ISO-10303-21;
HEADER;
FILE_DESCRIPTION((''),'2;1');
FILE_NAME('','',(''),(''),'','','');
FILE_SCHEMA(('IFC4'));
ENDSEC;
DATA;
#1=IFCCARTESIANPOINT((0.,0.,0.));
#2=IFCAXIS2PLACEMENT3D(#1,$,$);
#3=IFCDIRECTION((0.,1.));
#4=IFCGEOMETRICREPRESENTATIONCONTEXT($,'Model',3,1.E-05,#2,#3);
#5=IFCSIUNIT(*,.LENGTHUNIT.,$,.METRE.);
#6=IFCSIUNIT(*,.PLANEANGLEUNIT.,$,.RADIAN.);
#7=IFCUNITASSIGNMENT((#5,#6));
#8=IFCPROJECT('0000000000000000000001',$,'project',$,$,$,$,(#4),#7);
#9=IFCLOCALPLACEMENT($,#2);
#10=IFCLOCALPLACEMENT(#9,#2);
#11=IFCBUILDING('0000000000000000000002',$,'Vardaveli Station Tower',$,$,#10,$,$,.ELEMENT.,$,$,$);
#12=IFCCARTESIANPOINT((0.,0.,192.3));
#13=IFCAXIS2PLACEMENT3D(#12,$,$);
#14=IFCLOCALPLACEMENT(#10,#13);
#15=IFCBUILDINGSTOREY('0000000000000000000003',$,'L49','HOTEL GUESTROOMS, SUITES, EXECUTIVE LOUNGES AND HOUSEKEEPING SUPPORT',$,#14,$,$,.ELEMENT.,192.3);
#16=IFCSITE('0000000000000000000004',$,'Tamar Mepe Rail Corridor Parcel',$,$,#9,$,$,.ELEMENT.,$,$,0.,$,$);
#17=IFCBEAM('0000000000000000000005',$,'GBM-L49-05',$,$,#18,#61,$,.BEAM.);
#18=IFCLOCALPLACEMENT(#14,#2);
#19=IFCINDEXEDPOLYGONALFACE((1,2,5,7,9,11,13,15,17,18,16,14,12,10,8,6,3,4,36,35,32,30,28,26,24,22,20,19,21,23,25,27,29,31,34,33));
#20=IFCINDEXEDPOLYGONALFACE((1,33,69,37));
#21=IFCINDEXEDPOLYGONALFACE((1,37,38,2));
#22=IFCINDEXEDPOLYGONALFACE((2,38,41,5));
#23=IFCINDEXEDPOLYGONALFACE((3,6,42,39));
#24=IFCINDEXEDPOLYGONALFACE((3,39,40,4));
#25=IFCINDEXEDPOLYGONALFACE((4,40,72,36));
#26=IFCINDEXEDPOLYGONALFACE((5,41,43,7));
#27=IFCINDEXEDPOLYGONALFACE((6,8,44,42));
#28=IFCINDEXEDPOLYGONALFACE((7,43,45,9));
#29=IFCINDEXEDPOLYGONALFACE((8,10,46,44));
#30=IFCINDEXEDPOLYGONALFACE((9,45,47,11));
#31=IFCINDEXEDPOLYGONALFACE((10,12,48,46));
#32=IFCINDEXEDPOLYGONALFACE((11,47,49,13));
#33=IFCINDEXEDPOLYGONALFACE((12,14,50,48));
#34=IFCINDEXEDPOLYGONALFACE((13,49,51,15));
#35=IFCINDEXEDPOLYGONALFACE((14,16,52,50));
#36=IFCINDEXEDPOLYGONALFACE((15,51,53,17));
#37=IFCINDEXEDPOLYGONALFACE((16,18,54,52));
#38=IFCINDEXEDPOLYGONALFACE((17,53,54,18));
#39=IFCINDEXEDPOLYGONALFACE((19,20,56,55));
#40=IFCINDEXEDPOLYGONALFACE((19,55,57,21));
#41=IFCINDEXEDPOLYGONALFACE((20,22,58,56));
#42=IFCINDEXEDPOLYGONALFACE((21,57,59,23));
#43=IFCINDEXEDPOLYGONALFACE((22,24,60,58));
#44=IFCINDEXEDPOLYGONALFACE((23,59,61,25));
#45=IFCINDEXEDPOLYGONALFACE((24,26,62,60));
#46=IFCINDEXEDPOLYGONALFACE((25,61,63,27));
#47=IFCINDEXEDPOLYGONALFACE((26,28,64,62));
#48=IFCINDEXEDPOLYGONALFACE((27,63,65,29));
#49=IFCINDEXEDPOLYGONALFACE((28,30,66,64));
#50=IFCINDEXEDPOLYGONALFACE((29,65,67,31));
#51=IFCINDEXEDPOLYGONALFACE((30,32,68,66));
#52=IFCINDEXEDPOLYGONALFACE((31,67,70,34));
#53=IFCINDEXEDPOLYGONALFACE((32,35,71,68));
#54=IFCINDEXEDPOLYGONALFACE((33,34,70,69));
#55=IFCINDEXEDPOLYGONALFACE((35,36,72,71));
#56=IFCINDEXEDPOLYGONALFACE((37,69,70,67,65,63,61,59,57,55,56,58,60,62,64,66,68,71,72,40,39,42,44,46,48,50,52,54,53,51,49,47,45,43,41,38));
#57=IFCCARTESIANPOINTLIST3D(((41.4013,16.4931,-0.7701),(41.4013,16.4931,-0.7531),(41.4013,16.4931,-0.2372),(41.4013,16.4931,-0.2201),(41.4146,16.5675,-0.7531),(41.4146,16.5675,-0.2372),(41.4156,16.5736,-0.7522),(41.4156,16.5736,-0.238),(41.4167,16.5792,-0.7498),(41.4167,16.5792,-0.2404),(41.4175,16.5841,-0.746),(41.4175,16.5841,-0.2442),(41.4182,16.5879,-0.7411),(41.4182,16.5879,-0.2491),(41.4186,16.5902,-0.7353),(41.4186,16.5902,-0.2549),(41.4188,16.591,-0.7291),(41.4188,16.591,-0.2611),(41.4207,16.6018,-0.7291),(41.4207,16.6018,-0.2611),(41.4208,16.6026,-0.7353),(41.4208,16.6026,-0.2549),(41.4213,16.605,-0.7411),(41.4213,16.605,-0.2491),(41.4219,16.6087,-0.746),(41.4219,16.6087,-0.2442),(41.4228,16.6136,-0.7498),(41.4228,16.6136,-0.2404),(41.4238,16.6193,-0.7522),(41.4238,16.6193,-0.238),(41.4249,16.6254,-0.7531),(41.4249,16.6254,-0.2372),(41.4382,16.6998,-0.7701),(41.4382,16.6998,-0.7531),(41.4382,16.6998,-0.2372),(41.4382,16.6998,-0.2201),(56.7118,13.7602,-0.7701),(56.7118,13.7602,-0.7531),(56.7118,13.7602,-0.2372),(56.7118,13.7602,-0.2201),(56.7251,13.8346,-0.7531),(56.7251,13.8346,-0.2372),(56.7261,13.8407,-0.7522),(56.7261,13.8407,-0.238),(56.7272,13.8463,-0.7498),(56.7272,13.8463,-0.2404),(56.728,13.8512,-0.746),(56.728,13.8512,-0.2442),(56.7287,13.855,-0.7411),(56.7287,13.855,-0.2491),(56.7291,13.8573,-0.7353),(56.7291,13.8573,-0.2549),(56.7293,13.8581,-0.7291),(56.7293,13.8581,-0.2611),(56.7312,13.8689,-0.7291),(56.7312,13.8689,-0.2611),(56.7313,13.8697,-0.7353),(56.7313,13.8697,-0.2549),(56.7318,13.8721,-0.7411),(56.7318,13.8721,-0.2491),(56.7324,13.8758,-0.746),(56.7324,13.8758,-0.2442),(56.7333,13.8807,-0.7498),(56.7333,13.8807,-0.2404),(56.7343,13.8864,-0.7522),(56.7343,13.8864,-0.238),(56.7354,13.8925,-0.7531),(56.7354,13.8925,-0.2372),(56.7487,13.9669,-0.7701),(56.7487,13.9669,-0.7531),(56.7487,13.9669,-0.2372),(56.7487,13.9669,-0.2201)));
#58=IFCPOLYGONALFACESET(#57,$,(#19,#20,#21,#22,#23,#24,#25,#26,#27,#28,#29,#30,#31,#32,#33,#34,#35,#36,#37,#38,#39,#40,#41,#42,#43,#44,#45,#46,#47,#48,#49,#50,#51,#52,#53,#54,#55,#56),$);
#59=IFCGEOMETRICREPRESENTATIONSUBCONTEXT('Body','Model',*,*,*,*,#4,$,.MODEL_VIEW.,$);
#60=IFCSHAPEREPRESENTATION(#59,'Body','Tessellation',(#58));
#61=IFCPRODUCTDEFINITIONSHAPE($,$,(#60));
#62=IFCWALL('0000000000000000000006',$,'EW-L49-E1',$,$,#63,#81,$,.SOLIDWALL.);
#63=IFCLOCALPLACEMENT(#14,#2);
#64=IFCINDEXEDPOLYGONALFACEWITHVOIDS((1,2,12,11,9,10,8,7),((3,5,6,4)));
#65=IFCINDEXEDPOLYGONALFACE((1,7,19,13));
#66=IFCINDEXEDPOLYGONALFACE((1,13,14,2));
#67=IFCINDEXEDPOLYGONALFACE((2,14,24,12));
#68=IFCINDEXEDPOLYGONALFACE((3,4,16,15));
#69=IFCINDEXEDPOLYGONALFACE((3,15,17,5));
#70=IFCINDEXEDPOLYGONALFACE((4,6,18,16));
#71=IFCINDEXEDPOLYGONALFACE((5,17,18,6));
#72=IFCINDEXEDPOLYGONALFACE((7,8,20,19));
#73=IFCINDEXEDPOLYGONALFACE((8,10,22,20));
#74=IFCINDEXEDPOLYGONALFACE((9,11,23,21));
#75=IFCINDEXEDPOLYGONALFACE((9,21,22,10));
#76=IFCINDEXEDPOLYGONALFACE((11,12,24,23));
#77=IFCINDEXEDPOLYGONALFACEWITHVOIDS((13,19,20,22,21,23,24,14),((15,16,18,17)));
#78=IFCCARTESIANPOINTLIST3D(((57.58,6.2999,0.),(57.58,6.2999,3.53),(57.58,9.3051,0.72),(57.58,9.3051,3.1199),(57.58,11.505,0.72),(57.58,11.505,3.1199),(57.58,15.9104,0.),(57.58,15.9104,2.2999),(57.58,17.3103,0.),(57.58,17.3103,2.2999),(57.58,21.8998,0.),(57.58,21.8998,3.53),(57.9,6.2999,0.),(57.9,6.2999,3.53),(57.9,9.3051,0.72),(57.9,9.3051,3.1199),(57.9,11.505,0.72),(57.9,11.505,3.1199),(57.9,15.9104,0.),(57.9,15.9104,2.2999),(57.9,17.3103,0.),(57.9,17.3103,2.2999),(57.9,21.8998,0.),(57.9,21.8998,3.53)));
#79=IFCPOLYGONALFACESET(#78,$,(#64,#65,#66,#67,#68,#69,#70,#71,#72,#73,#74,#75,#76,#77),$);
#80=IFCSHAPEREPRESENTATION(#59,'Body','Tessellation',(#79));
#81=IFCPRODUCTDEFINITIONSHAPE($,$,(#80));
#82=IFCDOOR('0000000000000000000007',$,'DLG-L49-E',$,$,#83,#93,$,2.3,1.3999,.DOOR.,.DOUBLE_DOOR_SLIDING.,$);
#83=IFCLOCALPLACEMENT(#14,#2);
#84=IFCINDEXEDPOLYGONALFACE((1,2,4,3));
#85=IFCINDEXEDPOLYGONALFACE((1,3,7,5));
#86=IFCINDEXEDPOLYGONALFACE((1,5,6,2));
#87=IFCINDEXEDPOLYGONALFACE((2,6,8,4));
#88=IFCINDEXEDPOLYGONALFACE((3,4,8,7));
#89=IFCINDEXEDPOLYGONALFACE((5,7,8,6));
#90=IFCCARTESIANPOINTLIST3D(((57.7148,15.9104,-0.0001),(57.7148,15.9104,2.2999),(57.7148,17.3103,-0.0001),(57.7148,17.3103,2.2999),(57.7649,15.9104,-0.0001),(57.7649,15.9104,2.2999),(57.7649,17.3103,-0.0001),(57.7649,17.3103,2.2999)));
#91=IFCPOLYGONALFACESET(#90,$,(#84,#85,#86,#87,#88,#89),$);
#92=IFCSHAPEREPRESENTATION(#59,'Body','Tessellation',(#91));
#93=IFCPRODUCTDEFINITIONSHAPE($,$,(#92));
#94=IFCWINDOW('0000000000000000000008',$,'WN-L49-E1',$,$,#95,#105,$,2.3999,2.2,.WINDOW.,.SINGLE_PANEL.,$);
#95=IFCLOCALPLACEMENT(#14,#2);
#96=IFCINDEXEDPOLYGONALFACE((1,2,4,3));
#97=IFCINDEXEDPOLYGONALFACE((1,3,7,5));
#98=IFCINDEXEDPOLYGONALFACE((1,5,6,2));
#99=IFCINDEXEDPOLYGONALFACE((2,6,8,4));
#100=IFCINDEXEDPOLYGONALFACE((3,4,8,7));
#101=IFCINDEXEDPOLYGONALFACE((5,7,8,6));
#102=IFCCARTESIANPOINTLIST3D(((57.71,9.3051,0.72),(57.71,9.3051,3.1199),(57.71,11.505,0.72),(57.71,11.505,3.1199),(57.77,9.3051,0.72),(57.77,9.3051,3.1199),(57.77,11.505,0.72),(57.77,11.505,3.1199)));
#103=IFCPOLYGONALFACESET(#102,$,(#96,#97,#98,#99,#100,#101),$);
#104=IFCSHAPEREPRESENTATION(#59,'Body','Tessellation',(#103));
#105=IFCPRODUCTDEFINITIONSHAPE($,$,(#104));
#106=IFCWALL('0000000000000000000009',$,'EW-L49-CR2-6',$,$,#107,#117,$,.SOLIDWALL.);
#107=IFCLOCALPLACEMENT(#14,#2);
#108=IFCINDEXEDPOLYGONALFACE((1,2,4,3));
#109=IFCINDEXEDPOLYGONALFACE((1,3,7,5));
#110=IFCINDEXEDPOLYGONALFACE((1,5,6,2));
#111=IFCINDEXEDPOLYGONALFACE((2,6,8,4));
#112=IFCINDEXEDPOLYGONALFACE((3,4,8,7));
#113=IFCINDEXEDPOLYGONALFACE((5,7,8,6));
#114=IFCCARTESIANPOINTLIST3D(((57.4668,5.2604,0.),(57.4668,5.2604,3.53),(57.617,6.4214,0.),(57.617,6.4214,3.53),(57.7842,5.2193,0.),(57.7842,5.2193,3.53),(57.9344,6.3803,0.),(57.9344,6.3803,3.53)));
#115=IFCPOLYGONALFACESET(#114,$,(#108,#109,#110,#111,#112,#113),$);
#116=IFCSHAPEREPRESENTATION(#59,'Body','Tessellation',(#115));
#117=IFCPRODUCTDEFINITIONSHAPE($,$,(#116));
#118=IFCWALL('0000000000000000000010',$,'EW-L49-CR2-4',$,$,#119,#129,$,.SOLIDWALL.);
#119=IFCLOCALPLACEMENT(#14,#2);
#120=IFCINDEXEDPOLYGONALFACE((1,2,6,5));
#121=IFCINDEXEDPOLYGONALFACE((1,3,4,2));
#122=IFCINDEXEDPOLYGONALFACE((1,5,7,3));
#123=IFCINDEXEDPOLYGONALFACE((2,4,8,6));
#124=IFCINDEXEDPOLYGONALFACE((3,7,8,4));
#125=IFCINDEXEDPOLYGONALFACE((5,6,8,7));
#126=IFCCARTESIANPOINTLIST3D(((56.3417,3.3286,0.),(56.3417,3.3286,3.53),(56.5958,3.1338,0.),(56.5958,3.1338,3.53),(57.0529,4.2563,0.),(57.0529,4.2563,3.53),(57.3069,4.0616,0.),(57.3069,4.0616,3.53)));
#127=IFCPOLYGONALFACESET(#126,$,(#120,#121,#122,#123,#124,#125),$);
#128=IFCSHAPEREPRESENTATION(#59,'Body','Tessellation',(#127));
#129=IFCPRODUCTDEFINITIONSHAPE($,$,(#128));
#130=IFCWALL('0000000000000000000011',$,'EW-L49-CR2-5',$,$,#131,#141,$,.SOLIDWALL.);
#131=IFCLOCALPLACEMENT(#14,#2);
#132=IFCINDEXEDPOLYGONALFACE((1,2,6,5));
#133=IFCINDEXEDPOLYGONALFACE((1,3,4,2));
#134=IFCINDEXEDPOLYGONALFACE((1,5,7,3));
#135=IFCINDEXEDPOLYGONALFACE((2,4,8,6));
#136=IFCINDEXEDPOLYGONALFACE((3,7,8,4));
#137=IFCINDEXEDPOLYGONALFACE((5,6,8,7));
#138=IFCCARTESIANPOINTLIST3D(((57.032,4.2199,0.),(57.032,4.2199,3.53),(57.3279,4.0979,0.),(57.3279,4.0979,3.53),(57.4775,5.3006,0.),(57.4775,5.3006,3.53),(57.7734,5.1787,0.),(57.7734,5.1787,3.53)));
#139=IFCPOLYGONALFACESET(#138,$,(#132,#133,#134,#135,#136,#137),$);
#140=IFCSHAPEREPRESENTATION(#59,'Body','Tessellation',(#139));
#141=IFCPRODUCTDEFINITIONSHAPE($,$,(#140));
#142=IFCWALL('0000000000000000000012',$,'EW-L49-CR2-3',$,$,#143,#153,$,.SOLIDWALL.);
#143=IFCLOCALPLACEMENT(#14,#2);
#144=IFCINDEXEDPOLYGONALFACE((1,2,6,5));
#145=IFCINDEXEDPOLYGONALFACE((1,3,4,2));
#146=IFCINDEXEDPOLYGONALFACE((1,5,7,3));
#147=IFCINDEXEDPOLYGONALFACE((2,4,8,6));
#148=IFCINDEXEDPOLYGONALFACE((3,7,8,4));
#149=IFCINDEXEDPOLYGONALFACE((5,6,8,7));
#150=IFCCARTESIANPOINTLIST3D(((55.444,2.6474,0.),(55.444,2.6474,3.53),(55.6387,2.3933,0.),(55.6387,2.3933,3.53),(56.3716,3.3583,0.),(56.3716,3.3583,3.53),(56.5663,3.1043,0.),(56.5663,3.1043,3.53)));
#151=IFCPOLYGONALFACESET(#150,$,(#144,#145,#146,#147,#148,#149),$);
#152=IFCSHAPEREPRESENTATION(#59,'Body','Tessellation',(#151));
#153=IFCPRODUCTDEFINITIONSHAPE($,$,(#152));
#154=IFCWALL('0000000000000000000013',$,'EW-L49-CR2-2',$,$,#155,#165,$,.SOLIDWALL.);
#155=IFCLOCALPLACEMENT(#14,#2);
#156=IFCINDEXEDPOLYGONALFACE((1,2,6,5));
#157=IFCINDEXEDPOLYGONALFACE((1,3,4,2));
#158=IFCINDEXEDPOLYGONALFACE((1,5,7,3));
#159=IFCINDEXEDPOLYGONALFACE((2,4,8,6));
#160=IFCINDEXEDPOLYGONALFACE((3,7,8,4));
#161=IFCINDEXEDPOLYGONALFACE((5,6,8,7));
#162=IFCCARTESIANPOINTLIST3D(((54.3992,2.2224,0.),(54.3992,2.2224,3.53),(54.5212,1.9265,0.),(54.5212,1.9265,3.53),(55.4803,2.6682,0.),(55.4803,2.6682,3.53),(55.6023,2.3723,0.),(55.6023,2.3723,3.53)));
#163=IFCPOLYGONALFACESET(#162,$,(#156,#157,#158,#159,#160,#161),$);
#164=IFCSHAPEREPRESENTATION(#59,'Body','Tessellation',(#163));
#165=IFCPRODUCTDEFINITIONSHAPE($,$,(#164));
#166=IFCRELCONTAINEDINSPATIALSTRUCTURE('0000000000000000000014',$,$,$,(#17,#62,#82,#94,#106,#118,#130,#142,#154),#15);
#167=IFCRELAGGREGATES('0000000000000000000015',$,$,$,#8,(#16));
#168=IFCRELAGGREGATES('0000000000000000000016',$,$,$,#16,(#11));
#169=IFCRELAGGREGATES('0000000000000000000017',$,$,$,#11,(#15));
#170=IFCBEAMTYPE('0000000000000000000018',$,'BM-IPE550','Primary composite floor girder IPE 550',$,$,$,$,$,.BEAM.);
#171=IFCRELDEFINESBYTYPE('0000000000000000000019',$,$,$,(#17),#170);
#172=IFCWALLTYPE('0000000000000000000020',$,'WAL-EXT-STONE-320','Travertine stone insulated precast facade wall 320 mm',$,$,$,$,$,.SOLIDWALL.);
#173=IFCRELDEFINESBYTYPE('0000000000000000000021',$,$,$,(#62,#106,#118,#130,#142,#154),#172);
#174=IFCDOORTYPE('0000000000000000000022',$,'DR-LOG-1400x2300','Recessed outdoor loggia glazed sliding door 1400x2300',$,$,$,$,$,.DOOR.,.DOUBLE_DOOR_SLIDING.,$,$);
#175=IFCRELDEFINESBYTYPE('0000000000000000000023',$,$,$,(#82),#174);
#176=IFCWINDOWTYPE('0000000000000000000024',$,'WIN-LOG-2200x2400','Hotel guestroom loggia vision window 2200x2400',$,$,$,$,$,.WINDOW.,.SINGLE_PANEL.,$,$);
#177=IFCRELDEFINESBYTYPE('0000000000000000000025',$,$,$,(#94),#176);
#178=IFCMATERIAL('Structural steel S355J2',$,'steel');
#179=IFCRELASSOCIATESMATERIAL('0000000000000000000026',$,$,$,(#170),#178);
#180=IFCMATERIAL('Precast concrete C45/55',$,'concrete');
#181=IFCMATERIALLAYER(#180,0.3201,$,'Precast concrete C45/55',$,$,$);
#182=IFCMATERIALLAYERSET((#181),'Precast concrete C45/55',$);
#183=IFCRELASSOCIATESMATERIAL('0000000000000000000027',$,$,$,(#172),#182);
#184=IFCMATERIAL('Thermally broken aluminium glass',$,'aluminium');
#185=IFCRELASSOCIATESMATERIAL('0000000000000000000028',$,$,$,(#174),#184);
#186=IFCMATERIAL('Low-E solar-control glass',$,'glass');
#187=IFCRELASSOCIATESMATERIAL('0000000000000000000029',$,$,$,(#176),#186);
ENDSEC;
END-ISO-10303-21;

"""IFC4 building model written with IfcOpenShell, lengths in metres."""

from ifc_helpers import new_model, si_unit, direction, frame, frame_2d, origin, origin_2d, place, context, subcontext, project, spatial, rectangle, i_section, extrude, source, transform, mapped, material, layer, layer_set, material_profile, profile_set, type_object, element, fill, save


model = new_model("IFC4")

# Units and contexts
model_context = context("Model", 3, precision=1e-05, world=origin(), true_north=direction((0.0, 1.0)))
body_context = subcontext(model_context, "Body", "Model", "MODEL_VIEW")
ifc_project = project(units=[si_unit("LENGTHUNIT", "METRE"), si_unit("PLANEANGLEUNIT", "RADIAN")], contexts=[model_context])

# Site, building, storey
site_placement = place(None, origin())
site = spatial("IfcSite", under=ifc_project, at=site_placement, Name="Tamar Mepe Rail Corridor Parcel", CompositionType="ELEMENT", RefElevation=0.0)
building_placement = place(site_placement, origin())
building = spatial("IfcBuilding", under=site, at=building_placement, Name="Vardaveli Station Tower", CompositionType="ELEMENT")
storey_placement = place(building_placement, frame((0.0, 0.0, 192.3)))
storey = spatial("IfcBuildingStorey", under=building, at=storey_placement, Name="L49", Description="HOTEL GUESTROOMS, SUITES, EXECUTIVE LOUNGES AND HOUSEKEEPING SUPPORT", CompositionType="ELEMENT", Elevation=192.3)

# Beam
ifc_material_1 = material(Name="Precast concrete C45/55", Category="concrete")
ifc_material_2 = material(Name="Structural steel S355J2", Category="steel")
ifc_material_profile_1 = material_profile(ifc_material_2, i_section(OverallWidth=0.21, OverallDepth=0.55, WebThickness=0.011, FlangeThickness=0.0171, FilletRadius=0.0239, at=origin_2d()), Name="IPE 550")
ifc_profile_set_1 = profile_set([ifc_material_profile_1], Name="Structural steel S355J2")
beam_type_1 = type_object("IfcBeamType", Name="BM-IPE550", Description="Primary composite floor girder IPE 550", PredefinedType="BEAM", material=ifc_profile_set_1)
shared_shape_1 = source(origin(), body_context, "Body", "SweptSolid", [
    extrude(i_section(OverallWidth=0.21, OverallDepth=0.55, WebThickness=0.011, FlangeThickness=0.0171, FilletRadius=0.0239, at=origin_2d()), origin(), (0.0, 0.0, 1.0), 15.5525),
])
beam_1_placement = place(storey_placement, frame((56.7302, 13.8635, -0.4951), z_axis=(-0.98444, 0.175721, 0.0), x_axis=(-0.175721, -0.98444, 0.0)))
element("IfcBeam", 1, at=beam_1_placement, inside=storey, type_object=beam_type_1, Name="GBM-L49-05", PredefinedType="BEAM", context=body_context, shape_type="MappedRepresentation", body=[
    mapped(shared_shape_1, transform((0.0, 0.0, 0.0), scale=1.0)),
])

# Wall, openings, door, window
ifc_layer_1 = layer(ifc_material_1, 0.3201, Name="Precast concrete C45/55")
ifc_layer_set_1 = layer_set([ifc_layer_1], Name="Precast concrete C45/55")
wall_type_1 = type_object("IfcWallType", Name="WAL-EXT-STONE-320", Description="Travertine stone insulated precast facade wall 320 mm", PredefinedType="SOLIDWALL", material=ifc_layer_set_1)
shared_shape_2 = source(origin(), body_context, "Body", "SweptSolid", [
    extrude(rectangle(XDim=15.5999, YDim=0.3201, at=frame_2d((7.7998, 0.0))), origin(), (0.0, 0.0, 1.0), 3.53),
])
wall_1_placement = place(storey_placement, frame((57.74, 6.3, 0.0), z_axis=(0.0, 0.0, 1.0), x_axis=(0.0, 1.0, 0.0)))
wall_1 = element("IfcWall", 2, at=wall_1_placement, inside=storey, type_object=wall_type_1, Name="EW-L49-E1", PredefinedType="SOLIDWALL", context=body_context, shape_type="MappedRepresentation", body=[
    mapped(shared_shape_2, transform((0.0, 0.0, 0.0), scale=1.0)),
])
shared_shape_3 = source(origin(), body_context, "Body", "SweptSolid", [
    extrude(rectangle(XDim=1.3999, YDim=2.3, at=frame_2d((0.7, 1.1499))), frame((0.0, 0.1699, 0.0), z_axis=(0.0, -1.0, 0.0), x_axis=(1.0, 0.0, 0.0)), (0.0, 0.0, 1.0), 0.3401),
])
opening_1_placement = place(wall_1_placement, frame((9.6104, 0.0, 0.0)))
opening_1 = element("IfcOpeningElement", 3, at=opening_1_placement, cuts=wall_1, PredefinedType="OPENING", context=body_context, shape_type="MappedRepresentation", body=[
    mapped(shared_shape_3, transform((0.0, 0.0, 0.0), scale=1.0)),
])
shared_shape_4 = source(origin(), body_context, "Body", "SweptSolid", [
    extrude(rectangle(XDim=2.2, YDim=2.3999, at=frame_2d((1.1001, 1.2))), frame((0.0, 0.1699, 0.0), z_axis=(0.0, -1.0, 0.0), x_axis=(1.0, 0.0, 0.0)), (0.0, 0.0, 1.0), 0.3401),
])
opening_2_placement = place(wall_1_placement, frame((3.0049, 0.0, 0.72)))
opening_2 = element("IfcOpeningElement", 4, at=opening_2_placement, cuts=wall_1, PredefinedType="OPENING", context=body_context, shape_type="MappedRepresentation", body=[
    mapped(shared_shape_4, transform((0.0, 0.0, 0.0), scale=1.0)),
])
ifc_material_3 = material(Name="Thermally broken aluminium glass", Category="aluminium")
door_type_1 = type_object("IfcDoorType", Name="DR-LOG-1400x2300", Description="Recessed outdoor loggia glazed sliding door 1400x2300", OperationType="DOUBLE_DOOR_SLIDING", PredefinedType="DOOR", material=ifc_material_3)
shared_shape_5 = source(origin(), body_context, "Body", "SweptSolid", [
    extrude(rectangle(XDim=1.3999, YDim=2.3, at=frame_2d((0.7, 1.1499))), frame((0.0, 0.0249, 0.0), z_axis=(0.0, -1.0, 0.0), x_axis=(1.0, 0.0, 0.0)), (0.0, 0.0, 1.0), 0.05),
])
door_1_placement = place(opening_1_placement, frame((1.3999, 0.0, 0.0), z_axis=(0.0, 0.0, 1.0), x_axis=(-1.0, 0.0, 0.0)))
door_1 = element("IfcDoor", 5, at=door_1_placement, inside=storey, type_object=door_type_1, Name="DLG-L49-E", OperationType="DOUBLE_DOOR_SLIDING", OverallHeight=2.3, OverallWidth=1.3999, PredefinedType="DOOR", context=body_context, shape_type="MappedRepresentation", body=[
    mapped(shared_shape_5, transform((0.0, 0.0, 0.0), scale=1.0)),
])
fill(opening_1, door_1)
ifc_material_4 = material(Name="Low-E solar-control glass", Category="glass")
window_type = type_object("IfcWindowType", Name="WIN-LOG-2200x2400", Description="Hotel guestroom loggia vision window 2200x2400", PartitioningType="SINGLE_PANEL", PredefinedType="WINDOW", material=ifc_material_4)
shared_shape_6 = source(origin(), body_context, "Body", "SweptSolid", [
    extrude(rectangle(XDim=2.2, YDim=2.3999, at=frame_2d((1.1001, 1.2))), frame((0.0, 0.03, 0.0), z_axis=(0.0, -1.0, 0.0), x_axis=(1.0, 0.0, 0.0)), (0.0, 0.0, 1.0), 0.0601),
])
window_placement = place(opening_2_placement, origin())
window = element("IfcWindow", 6, at=window_placement, inside=storey, type_object=window_type, Name="WN-L49-E1", OverallHeight=2.3999, OverallWidth=2.2, PartitioningType="SINGLE_PANEL", PredefinedType="WINDOW", context=body_context, shape_type="MappedRepresentation", body=[
    mapped(shared_shape_6, transform((0.0, 0.0, 0.0), scale=1.0)),
])
fill(opening_2, window)

# Walls
shared_shape_7 = source(origin(), body_context, "Body", "SweptSolid", [
    extrude(rectangle(XDim=1.1707, YDim=0.3201, at=frame_2d((0.5854, 0.0))), origin(), (0.0, 0.0, 1.0), 3.53),
])
wall_2_placement = place(storey_placement, frame((57.6255, 5.2397, 0.0), z_axis=(0.0, 0.0, 1.0), x_axis=(0.128269, 0.991739, 0.0)))
element("IfcWall", 7, at=wall_2_placement, inside=storey, type_object=wall_type_1, Name="EW-L49-CR2-6", PredefinedType="SOLIDWALL", context=body_context, shape_type="MappedRepresentation", body=[
    mapped(shared_shape_7, transform((0.0, 0.0, 0.0), scale=1.0)),
])
shared_shape_8 = source(origin(), body_context, "Body", "SweptSolid", [
    extrude(rectangle(XDim=1.1689, YDim=0.3201, at=frame_2d((0.5845, 0.0))), origin(), (0.0, 0.0, 1.0), 3.53),
])
for number, where, z_axis, x_axis, name in (
    (8, (56.4688, 3.2312, 0.0), (0.0, 0.0, 1.0), (0.608388, 0.79364, 0.0), "EW-L49-CR2-4"),
    (9, (57.1799, 4.1589, 0.0), (0.0, 0.0, 1.0), (0.381128, 0.924522, 0.0), "EW-L49-CR2-5"),
):
    element("IfcWall", number, at=place(storey_placement, frame(where, z_axis=z_axis, x_axis=x_axis)), inside=storey, type_object=wall_type_1, Name=name, PredefinedType="SOLIDWALL", context=body_context, shape_type="MappedRepresentation", body=[
        mapped(shared_shape_8, transform((0.0, 0.0, 0.0), scale=1.0)),
    ])
shared_shape_9 = source(origin(), body_context, "Body", "SweptSolid", [
    extrude(rectangle(XDim=1.1687, YDim=0.3201, at=frame_2d((0.5845, 0.0))), origin(), (0.0, 0.0, 1.0), 3.53),
])
wall_3_placement = place(storey_placement, frame((55.5413, 2.5203, 0.0), z_axis=(0.0, 0.0, 1.0), x_axis=(0.793664, 0.608357, 0.0)))
element("IfcWall", 10, at=wall_3_placement, inside=storey, type_object=wall_type_1, Name="EW-L49-CR2-3", PredefinedType="SOLIDWALL", context=body_context, shape_type="MappedRepresentation", body=[
    mapped(shared_shape_9, transform((0.0, 0.0, 0.0), scale=1.0)),
])
shared_shape_10 = source(origin(), body_context, "Body", "SweptSolid", [
    extrude(rectangle(XDim=1.1694, YDim=0.3201, at=frame_2d((0.5847, 0.0))), origin(), (0.0, 0.0, 1.0), 3.53),
])
wall_4_placement = place(storey_placement, frame((54.4602, 2.0745, 0.0), z_axis=(0.0, 0.0, 1.0), x_axis=(0.924479, 0.381233, 0.0)))
element("IfcWall", 11, at=wall_4_placement, inside=storey, type_object=wall_type_1, Name="EW-L49-CR2-2", PredefinedType="SOLIDWALL", context=body_context, shape_type="MappedRepresentation", body=[
    mapped(shared_shape_10, transform((0.0, 0.0, 0.0), scale=1.0)),
])

save(model, "model.ifc")
